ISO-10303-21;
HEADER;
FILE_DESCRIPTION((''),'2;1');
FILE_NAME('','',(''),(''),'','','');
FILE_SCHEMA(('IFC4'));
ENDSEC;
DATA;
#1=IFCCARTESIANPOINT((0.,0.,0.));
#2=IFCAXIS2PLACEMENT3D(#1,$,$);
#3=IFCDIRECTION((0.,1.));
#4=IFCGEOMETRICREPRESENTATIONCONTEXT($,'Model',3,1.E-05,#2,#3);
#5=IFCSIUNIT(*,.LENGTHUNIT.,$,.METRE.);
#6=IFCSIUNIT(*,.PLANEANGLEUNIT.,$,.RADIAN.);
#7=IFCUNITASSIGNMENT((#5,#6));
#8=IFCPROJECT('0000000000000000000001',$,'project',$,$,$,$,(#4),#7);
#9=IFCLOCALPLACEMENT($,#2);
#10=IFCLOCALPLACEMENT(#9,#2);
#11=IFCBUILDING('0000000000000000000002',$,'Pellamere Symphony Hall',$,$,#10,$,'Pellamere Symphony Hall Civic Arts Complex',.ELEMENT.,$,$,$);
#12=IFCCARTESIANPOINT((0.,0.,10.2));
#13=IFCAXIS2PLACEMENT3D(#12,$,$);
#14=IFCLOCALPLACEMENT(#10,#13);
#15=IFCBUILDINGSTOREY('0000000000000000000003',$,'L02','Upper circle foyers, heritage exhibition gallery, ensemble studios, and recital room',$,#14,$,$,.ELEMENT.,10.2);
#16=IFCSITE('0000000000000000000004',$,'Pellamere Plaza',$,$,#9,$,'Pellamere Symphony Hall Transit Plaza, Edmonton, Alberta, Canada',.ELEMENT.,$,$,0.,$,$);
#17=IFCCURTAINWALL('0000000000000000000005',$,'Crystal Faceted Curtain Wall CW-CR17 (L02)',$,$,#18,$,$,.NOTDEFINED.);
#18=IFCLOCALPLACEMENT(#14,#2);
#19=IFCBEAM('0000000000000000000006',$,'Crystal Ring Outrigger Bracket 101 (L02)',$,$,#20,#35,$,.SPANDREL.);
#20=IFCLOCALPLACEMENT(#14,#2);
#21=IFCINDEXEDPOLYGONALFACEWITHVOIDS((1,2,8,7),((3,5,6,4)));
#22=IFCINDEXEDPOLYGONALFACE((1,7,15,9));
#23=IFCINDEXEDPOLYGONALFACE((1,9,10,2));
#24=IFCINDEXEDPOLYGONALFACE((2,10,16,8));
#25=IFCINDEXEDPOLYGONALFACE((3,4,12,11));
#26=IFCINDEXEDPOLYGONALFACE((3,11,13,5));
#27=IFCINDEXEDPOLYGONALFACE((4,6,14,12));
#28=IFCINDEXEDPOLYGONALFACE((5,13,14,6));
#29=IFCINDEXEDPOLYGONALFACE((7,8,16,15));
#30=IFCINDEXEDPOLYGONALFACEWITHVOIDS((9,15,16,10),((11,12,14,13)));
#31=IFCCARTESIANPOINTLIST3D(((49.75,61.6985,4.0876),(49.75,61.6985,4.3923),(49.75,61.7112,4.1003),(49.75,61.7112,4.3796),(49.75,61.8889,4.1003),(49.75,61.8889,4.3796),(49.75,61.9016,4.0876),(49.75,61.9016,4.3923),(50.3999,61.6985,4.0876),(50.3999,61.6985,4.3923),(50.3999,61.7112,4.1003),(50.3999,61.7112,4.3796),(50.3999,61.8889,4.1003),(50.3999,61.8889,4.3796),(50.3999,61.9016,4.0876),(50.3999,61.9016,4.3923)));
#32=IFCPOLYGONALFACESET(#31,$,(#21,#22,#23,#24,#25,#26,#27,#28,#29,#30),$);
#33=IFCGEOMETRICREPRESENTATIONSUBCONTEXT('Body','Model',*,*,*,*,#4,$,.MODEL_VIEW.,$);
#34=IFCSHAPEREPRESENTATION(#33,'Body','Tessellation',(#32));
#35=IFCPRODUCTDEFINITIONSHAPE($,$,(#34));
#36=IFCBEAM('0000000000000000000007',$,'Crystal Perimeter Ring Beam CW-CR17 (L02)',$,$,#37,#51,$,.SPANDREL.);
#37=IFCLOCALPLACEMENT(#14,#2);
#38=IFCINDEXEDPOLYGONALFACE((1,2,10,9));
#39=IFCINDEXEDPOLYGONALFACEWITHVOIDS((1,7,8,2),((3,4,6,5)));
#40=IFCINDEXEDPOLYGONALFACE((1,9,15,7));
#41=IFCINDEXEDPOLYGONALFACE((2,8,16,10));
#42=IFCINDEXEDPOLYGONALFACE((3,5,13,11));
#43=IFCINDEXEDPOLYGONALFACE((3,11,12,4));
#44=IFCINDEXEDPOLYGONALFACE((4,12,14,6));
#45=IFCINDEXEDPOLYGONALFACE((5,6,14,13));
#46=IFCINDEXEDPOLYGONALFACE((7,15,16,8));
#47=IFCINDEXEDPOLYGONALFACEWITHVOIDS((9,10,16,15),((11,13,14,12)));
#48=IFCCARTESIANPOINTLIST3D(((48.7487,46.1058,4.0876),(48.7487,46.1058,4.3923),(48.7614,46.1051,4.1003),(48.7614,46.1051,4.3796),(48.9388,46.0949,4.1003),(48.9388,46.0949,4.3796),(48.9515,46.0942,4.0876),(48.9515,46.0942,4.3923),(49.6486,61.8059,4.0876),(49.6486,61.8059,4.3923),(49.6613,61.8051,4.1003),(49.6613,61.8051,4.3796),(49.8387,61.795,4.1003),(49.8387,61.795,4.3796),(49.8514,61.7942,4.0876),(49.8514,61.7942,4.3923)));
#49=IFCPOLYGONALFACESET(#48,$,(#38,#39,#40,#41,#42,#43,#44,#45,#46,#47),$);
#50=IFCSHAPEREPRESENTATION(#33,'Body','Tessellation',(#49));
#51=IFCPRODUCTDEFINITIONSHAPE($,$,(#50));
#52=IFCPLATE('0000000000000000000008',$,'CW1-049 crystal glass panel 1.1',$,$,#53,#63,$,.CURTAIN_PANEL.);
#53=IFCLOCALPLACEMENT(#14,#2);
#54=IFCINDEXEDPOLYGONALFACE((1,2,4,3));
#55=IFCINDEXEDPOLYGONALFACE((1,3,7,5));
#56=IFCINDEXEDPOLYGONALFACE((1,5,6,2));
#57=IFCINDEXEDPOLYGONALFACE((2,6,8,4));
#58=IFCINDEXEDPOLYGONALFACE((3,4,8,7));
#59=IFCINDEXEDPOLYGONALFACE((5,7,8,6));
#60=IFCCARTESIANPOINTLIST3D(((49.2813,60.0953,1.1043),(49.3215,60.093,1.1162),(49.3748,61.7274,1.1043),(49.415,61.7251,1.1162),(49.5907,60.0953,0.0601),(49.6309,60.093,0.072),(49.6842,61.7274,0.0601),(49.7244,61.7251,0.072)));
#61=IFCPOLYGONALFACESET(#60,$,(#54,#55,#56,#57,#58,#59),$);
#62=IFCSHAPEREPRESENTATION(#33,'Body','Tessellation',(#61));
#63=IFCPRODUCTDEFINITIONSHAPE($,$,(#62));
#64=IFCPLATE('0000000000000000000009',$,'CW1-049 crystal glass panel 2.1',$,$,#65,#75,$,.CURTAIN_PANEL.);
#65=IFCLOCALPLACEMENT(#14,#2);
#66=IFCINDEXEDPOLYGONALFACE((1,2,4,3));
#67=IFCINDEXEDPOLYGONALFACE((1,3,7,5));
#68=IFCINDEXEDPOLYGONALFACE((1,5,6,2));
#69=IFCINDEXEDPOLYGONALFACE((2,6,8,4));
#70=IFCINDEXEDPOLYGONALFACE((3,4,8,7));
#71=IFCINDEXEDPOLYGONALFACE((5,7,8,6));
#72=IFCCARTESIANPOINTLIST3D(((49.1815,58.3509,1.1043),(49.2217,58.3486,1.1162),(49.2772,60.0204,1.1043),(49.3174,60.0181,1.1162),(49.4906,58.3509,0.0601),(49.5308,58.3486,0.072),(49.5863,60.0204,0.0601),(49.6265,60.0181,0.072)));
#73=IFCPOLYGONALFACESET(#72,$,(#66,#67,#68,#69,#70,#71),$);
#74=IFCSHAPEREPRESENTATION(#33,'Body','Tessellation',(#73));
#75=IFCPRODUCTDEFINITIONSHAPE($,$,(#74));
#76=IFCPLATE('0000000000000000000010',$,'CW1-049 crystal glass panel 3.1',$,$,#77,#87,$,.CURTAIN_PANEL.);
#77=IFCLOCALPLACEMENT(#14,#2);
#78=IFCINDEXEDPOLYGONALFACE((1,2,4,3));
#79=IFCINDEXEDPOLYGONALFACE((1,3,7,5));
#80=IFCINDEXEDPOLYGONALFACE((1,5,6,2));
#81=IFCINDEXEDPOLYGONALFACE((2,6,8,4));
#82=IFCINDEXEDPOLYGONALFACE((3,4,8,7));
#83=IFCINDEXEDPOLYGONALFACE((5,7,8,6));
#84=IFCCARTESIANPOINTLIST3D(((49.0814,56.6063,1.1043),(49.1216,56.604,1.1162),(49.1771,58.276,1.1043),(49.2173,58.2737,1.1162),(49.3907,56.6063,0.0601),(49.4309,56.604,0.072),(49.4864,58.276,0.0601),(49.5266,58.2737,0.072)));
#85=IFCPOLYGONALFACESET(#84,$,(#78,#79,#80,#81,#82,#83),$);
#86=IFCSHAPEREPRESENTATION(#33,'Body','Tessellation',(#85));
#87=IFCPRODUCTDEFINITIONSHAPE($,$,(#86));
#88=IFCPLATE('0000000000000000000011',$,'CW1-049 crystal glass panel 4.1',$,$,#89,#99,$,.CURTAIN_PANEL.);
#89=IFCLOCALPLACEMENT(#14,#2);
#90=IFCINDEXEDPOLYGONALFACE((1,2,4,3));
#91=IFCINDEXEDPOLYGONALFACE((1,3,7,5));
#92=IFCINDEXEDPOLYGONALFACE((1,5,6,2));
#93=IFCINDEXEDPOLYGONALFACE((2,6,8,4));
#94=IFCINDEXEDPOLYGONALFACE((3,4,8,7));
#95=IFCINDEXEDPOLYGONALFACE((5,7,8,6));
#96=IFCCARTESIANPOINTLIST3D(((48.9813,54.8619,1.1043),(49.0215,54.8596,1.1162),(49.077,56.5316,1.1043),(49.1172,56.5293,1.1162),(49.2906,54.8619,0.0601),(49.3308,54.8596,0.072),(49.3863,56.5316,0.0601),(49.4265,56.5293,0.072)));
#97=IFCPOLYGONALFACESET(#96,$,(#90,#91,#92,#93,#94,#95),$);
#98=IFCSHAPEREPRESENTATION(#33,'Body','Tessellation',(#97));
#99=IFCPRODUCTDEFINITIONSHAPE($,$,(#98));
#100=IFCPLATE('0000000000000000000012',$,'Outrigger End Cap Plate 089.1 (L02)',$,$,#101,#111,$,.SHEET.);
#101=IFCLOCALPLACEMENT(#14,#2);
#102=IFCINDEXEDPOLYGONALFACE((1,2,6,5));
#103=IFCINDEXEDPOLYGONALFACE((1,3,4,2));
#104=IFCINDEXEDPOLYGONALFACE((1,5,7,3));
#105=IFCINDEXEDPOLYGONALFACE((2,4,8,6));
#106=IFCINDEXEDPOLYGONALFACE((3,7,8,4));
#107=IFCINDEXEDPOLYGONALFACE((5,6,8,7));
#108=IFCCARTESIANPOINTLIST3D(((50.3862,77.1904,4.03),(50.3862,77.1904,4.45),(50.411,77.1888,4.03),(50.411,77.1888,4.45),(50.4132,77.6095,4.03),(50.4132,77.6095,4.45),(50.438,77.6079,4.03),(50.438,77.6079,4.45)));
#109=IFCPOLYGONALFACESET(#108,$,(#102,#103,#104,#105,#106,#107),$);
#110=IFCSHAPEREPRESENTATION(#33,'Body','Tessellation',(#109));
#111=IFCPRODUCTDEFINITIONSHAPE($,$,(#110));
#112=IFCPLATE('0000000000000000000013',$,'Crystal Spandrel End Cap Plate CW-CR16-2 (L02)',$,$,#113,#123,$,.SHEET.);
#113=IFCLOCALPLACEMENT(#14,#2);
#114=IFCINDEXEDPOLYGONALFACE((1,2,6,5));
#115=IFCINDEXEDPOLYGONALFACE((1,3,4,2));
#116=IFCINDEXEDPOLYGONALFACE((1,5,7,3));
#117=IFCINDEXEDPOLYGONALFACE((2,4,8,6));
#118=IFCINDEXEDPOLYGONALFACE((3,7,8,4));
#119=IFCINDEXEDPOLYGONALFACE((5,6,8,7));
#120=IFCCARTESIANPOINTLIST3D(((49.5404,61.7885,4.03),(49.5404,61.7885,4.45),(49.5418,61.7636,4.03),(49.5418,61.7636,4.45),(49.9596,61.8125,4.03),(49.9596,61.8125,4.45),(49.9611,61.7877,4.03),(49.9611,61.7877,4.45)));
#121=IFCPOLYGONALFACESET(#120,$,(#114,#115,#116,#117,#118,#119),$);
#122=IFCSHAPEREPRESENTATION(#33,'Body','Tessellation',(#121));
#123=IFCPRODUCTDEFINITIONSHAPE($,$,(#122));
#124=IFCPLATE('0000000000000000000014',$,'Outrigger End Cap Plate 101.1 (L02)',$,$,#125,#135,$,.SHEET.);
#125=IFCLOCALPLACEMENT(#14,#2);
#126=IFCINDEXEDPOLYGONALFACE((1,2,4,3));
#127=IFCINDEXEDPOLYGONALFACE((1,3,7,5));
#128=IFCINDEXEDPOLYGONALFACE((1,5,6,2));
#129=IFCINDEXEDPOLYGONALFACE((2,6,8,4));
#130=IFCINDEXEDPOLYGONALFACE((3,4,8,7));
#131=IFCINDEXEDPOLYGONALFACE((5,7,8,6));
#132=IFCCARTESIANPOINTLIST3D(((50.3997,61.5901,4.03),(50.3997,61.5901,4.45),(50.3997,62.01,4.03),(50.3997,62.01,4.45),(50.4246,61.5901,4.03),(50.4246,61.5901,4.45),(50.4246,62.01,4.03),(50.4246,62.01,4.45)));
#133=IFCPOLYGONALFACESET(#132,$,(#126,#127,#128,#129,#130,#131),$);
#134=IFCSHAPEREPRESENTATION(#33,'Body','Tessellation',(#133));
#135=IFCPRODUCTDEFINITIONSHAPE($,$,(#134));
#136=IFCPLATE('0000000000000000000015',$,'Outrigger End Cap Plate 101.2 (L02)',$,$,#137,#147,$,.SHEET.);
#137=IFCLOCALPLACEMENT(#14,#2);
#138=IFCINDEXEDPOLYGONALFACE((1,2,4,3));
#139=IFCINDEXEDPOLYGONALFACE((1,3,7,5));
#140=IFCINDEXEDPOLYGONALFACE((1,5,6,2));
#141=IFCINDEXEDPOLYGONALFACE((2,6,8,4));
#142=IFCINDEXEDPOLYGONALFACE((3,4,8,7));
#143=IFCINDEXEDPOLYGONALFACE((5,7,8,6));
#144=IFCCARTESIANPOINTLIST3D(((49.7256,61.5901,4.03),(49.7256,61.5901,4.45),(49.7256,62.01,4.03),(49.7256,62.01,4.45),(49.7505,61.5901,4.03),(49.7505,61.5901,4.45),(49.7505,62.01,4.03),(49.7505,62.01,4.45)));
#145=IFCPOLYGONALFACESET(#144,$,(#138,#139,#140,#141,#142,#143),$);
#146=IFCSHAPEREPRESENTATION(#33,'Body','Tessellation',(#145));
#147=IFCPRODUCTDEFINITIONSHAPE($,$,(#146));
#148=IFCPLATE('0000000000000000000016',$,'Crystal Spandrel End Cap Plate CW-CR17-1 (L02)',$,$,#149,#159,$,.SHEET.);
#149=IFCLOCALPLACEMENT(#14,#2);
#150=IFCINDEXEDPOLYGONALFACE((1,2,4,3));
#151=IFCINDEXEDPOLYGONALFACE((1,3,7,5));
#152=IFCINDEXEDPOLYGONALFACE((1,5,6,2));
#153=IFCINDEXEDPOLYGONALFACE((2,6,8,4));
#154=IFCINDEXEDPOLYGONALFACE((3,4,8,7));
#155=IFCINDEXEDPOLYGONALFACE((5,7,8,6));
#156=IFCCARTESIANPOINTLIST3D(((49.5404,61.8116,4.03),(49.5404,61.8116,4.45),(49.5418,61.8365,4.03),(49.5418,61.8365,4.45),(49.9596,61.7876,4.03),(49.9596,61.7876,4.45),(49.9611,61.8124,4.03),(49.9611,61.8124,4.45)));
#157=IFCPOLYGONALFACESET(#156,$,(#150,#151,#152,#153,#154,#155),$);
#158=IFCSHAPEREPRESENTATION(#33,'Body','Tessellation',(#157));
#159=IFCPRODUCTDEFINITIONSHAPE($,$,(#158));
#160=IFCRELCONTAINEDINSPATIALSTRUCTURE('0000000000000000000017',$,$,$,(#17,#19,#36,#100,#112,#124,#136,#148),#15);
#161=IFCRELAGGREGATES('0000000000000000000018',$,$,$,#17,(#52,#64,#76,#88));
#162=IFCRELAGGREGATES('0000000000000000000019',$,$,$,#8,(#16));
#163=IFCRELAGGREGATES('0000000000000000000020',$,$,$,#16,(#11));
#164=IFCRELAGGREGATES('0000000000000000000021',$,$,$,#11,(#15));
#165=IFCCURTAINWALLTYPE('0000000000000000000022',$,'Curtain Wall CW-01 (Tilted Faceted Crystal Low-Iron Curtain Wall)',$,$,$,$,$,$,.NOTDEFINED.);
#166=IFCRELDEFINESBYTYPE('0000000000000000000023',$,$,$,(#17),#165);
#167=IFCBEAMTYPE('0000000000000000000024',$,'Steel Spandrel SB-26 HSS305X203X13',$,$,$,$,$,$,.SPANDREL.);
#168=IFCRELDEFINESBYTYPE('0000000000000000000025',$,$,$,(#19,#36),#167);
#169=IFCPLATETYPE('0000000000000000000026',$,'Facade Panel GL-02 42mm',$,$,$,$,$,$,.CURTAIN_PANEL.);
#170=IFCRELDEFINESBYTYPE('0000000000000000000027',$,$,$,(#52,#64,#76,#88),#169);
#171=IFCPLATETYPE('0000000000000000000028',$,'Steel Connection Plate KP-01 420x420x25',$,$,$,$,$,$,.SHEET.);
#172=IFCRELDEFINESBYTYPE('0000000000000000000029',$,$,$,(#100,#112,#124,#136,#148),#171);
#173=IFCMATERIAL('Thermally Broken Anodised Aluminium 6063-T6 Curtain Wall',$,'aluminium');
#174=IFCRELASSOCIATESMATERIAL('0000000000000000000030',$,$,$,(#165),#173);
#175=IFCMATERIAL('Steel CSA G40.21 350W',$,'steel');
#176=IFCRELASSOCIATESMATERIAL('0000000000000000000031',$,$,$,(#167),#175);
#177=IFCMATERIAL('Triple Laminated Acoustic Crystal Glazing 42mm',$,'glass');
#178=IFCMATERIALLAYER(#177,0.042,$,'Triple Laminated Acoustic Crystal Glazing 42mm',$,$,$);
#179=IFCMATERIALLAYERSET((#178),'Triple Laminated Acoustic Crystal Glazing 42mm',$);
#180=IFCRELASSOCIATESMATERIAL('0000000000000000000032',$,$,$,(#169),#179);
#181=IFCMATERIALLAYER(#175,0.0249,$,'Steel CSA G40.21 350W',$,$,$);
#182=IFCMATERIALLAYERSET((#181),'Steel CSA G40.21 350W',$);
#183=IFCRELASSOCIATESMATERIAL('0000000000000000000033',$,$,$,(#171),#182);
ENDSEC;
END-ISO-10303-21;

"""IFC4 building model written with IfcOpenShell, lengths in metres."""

from ifc_helpers import new_model, si_unit, direction, frame, origin, origin_2d, place, context, subcontext, project, spatial, polyline, rectangle, hollow_rectangle, outline, extrude, material, layer, layer_set, material_profile, profile_set, type_object, element, aggregate, save


model = new_model("IFC4")

# Units and contexts
model_context = context("Model", 3, precision=1e-05, world=origin(), true_north=direction((0.0, 1.0)))
body_context = subcontext(model_context, "Body", "Model", "MODEL_VIEW")
ifc_project = project(units=[si_unit("LENGTHUNIT", "METRE"), si_unit("PLANEANGLEUNIT", "RADIAN")], contexts=[model_context])

# Site, building, storey
site_placement = place(None, origin())
site = spatial("IfcSite", under=ifc_project, at=site_placement, Name="Pellamere Plaza", LongName="Pellamere Symphony Hall Transit Plaza, Edmonton, Alberta, Canada", CompositionType="ELEMENT", RefElevation=0.0)
building_placement = place(site_placement, origin())
building = spatial("IfcBuilding", under=site, at=building_placement, Name="Pellamere Symphony Hall", LongName="Pellamere Symphony Hall Civic Arts Complex", CompositionType="ELEMENT")
storey_placement = place(building_placement, frame((0.0, 0.0, 10.2)))
storey = spatial("IfcBuildingStorey", under=building, at=storey_placement, Name="L02", Description="Upper circle foyers, heritage exhibition gallery, ensemble studios, and recital room", CompositionType="ELEMENT", Elevation=10.2)

# Curtain wall
ifc_material_1 = material(Name="Thermally Broken Anodised Aluminium 6063-T6 Curtain Wall", Category="aluminium")
curtain_wall_type = type_object("IfcCurtainWallType", Name="Curtain Wall CW-01 (Tilted Faceted Crystal Low-Iron Curtain Wall)", PredefinedType="NOTDEFINED", material=ifc_material_1)
curtain_wall_1_placement = place(storey_placement, origin())
curtain_wall_1 = element("IfcCurtainWall", 1, at=curtain_wall_1_placement, inside=storey, type_object=curtain_wall_type, Name="Crystal Faceted Curtain Wall CW-CR17 (L02)", PredefinedType="NOTDEFINED")

# Beams
ifc_material_2 = material(Name="Steel CSA G40.21 350W", Category="steel")
ifc_material_profile_1 = material_profile(ifc_material_2, hollow_rectangle(XDim=0.2031, YDim=0.3047, WallThickness=0.0127, at=origin_2d()), Name="HSS305X203X13")
ifc_profile_set_1 = profile_set([ifc_material_profile_1], Name="Steel CSA G40.21 350W")
beam_type_1 = type_object("IfcBeamType", Name="Steel Spandrel SB-26 HSS305X203X13", PredefinedType="SPANDREL", material=ifc_profile_set_1)
beam_1_placement = place(storey_placement, frame((50.3999, 61.8, 4.24), z_axis=(-1.0, 0.0, 0.0), x_axis=(0.0, -1.0, 0.0)))
element("IfcBeam", 2, at=beam_1_placement, inside=storey, type_object=beam_type_1, Name="Crystal Ring Outrigger Bracket 101 (L02)", PredefinedType="SPANDREL", context=body_context, shape_type="SweptSolid", body=[
    extrude(hollow_rectangle(XDim=0.2031, YDim=0.3047, WallThickness=0.0127, at=origin_2d()), origin(), (0.0, 0.0, 1.0), 0.6499),
])
beam_2_placement = place(storey_placement, frame((49.75, 61.8, 4.24), z_axis=(-0.057225, -0.998361, 0.0), x_axis=(0.998361, -0.057225, 0.0)))
element("IfcBeam", 3, at=beam_2_placement, inside=storey, type_object=beam_type_1, Name="Crystal Perimeter Ring Beam CW-CR17 (L02)", PredefinedType="SPANDREL", context=body_context, shape_type="SweptSolid", body=[
    extrude(hollow_rectangle(XDim=0.2031, YDim=0.3047, WallThickness=0.0127, at=origin_2d()), origin(), (0.0, 0.0, 1.0), 15.7258),
])

# Plates
ifc_material_3 = material(Name="Triple Laminated Acoustic Crystal Glazing 42mm", Category="glass")
ifc_layer_1 = layer(ifc_material_3, 0.042, Name="Triple Laminated Acoustic Crystal Glazing 42mm")
ifc_layer_set_1 = layer_set([ifc_layer_1], Name="Triple Laminated Acoustic Crystal Glazing 42mm")
plate_type_1 = type_object("IfcPlateType", Name="Facade Panel GL-02 42mm", PredefinedType="CURTAIN_PANEL", material=ifc_layer_set_1)
plate_1_placement = place(storey_placement, frame((49.7244, 61.7251, 0.072), z_axis=(0.957371, -0.05485, 0.283607), x_axis=(-0.057199, -0.998363, 0.0)))
plate_1 = element("IfcPlate", 4, at=plate_1_placement, type_object=plate_type_1, Name="CW1-049 crystal glass panel 1.1", PredefinedType="CURTAIN_PANEL", context=body_context, shape_type="SweptSolid", body=[
    extrude(outline(polyline([(0.0, 0.0), (1.6348, 0.0), (1.6524, -1.0889), (0.0177, -1.0889), (0.0, 0.0)])), origin(), (0.0, 0.0, -1.0), 0.042),
])
plate_2_placement = place(storey_placement, frame((49.6265, 60.0181, 0.072), z_axis=(0.95743, -0.054886, 0.283401), x_axis=(-0.057233, -0.998361, 0.0)))
plate_2 = element("IfcPlate", 5, at=plate_2_placement, type_object=plate_type_1, Name="CW1-049 crystal glass panel 2.1", PredefinedType="CURTAIN_PANEL", context=body_context, shape_type="SweptSolid", body=[
    extrude(outline(polyline([(0.0, 0.0), (1.6722, 0.0), (1.6899, -1.0888), (0.0177, -1.0888), (0.0, 0.0)])), origin(), (0.0, 0.0, -1.0), 0.042),
])
plate_3_placement = place(storey_placement, frame((49.5266, 58.2737, 0.072), z_axis=(0.957369, -0.054875, 0.283607), x_axis=(-0.057224, -0.998361, 0.0)))
plate_3 = element("IfcPlate", 6, at=plate_3_placement, type_object=plate_type_1, Name="CW1-049 crystal glass panel 3.1", PredefinedType="CURTAIN_PANEL", context=body_context, shape_type="SweptSolid", body=[
    extrude(outline(polyline([(0.0, 0.0), (1.6724, 0.0), (1.6901, -1.0889), (0.0177, -1.0889), (0.0, 0.0)])), origin(), (0.0, 0.0, -1.0), 0.042),
])
plate_4_placement = place(storey_placement, frame((49.4265, 56.5293, 0.072), z_axis=(0.957369, -0.054875, 0.283607), x_axis=(-0.057224, -0.998361, 0.0)))
plate_4 = element("IfcPlate", 7, at=plate_4_placement, type_object=plate_type_1, Name="CW1-049 crystal glass panel 4.1", PredefinedType="CURTAIN_PANEL", context=body_context, shape_type="SweptSolid", body=[
    extrude(outline(polyline([(0.0, 0.0), (1.6724, 0.0), (1.6901, -1.0889), (0.0177, -1.0889), (0.0, 0.0)])), origin(), (0.0, 0.0, -1.0), 0.042),
])
aggregate(curtain_wall_1, [plate_1, plate_2, plate_3, plate_4])

# Plates
ifc_layer_2 = layer(ifc_material_2, 0.0249, Name="Steel CSA G40.21 350W")
ifc_layer_set_2 = layer_set([ifc_layer_2], Name="Steel CSA G40.21 350W")
plate_type_2 = type_object("IfcPlateType", Name="Steel Connection Plate KP-01 420x420x25", PredefinedType="SHEET", material=ifc_layer_set_2)
for number, where, z_axis, x_axis, name in (
    (8, (50.4121, 77.3992, 4.03), (0.0, 0.0, 1.0), (-0.997927, 0.064358, 0.0), "Outrigger End Cap Plate 089.1 (L02)"),
    (9, (49.7507, 61.7881, 4.03), (0.0, 0.0, 1.0), (0.057216, -0.998362, 0.0), "Crystal Spandrel End Cap Plate CW-CR16-2 (L02)"),
    (10, (50.4121, 61.8, 4.03), (0.0, 0.0, 1.0), (-1.0, 0.0, 0.0), "Outrigger End Cap Plate 101.1 (L02)"),
    (11, (49.738, 61.8, 4.03), (0.0, 0.0, 1.0), (-1.0, 0.0, 0.0), "Outrigger End Cap Plate 101.2 (L02)"),
    (12, (49.7507, 61.812, 4.03), (0.0, 0.0, 1.0), (-0.057216, -0.998362, 0.0), "Crystal Spandrel End Cap Plate CW-CR17-1 (L02)"),
):
    element("IfcPlate", number, at=place(storey_placement, frame(where, z_axis=z_axis, x_axis=x_axis)), inside=storey, type_object=plate_type_2, Name=name, PredefinedType="SHEET", context=body_context, shape_type="SweptSolid", body=[
        extrude(rectangle(XDim=0.0249, YDim=0.4199, at=origin_2d()), origin(), (0.0, 0.0, 1.0), 0.4199),
    ])

save(model, "model.ifc")
